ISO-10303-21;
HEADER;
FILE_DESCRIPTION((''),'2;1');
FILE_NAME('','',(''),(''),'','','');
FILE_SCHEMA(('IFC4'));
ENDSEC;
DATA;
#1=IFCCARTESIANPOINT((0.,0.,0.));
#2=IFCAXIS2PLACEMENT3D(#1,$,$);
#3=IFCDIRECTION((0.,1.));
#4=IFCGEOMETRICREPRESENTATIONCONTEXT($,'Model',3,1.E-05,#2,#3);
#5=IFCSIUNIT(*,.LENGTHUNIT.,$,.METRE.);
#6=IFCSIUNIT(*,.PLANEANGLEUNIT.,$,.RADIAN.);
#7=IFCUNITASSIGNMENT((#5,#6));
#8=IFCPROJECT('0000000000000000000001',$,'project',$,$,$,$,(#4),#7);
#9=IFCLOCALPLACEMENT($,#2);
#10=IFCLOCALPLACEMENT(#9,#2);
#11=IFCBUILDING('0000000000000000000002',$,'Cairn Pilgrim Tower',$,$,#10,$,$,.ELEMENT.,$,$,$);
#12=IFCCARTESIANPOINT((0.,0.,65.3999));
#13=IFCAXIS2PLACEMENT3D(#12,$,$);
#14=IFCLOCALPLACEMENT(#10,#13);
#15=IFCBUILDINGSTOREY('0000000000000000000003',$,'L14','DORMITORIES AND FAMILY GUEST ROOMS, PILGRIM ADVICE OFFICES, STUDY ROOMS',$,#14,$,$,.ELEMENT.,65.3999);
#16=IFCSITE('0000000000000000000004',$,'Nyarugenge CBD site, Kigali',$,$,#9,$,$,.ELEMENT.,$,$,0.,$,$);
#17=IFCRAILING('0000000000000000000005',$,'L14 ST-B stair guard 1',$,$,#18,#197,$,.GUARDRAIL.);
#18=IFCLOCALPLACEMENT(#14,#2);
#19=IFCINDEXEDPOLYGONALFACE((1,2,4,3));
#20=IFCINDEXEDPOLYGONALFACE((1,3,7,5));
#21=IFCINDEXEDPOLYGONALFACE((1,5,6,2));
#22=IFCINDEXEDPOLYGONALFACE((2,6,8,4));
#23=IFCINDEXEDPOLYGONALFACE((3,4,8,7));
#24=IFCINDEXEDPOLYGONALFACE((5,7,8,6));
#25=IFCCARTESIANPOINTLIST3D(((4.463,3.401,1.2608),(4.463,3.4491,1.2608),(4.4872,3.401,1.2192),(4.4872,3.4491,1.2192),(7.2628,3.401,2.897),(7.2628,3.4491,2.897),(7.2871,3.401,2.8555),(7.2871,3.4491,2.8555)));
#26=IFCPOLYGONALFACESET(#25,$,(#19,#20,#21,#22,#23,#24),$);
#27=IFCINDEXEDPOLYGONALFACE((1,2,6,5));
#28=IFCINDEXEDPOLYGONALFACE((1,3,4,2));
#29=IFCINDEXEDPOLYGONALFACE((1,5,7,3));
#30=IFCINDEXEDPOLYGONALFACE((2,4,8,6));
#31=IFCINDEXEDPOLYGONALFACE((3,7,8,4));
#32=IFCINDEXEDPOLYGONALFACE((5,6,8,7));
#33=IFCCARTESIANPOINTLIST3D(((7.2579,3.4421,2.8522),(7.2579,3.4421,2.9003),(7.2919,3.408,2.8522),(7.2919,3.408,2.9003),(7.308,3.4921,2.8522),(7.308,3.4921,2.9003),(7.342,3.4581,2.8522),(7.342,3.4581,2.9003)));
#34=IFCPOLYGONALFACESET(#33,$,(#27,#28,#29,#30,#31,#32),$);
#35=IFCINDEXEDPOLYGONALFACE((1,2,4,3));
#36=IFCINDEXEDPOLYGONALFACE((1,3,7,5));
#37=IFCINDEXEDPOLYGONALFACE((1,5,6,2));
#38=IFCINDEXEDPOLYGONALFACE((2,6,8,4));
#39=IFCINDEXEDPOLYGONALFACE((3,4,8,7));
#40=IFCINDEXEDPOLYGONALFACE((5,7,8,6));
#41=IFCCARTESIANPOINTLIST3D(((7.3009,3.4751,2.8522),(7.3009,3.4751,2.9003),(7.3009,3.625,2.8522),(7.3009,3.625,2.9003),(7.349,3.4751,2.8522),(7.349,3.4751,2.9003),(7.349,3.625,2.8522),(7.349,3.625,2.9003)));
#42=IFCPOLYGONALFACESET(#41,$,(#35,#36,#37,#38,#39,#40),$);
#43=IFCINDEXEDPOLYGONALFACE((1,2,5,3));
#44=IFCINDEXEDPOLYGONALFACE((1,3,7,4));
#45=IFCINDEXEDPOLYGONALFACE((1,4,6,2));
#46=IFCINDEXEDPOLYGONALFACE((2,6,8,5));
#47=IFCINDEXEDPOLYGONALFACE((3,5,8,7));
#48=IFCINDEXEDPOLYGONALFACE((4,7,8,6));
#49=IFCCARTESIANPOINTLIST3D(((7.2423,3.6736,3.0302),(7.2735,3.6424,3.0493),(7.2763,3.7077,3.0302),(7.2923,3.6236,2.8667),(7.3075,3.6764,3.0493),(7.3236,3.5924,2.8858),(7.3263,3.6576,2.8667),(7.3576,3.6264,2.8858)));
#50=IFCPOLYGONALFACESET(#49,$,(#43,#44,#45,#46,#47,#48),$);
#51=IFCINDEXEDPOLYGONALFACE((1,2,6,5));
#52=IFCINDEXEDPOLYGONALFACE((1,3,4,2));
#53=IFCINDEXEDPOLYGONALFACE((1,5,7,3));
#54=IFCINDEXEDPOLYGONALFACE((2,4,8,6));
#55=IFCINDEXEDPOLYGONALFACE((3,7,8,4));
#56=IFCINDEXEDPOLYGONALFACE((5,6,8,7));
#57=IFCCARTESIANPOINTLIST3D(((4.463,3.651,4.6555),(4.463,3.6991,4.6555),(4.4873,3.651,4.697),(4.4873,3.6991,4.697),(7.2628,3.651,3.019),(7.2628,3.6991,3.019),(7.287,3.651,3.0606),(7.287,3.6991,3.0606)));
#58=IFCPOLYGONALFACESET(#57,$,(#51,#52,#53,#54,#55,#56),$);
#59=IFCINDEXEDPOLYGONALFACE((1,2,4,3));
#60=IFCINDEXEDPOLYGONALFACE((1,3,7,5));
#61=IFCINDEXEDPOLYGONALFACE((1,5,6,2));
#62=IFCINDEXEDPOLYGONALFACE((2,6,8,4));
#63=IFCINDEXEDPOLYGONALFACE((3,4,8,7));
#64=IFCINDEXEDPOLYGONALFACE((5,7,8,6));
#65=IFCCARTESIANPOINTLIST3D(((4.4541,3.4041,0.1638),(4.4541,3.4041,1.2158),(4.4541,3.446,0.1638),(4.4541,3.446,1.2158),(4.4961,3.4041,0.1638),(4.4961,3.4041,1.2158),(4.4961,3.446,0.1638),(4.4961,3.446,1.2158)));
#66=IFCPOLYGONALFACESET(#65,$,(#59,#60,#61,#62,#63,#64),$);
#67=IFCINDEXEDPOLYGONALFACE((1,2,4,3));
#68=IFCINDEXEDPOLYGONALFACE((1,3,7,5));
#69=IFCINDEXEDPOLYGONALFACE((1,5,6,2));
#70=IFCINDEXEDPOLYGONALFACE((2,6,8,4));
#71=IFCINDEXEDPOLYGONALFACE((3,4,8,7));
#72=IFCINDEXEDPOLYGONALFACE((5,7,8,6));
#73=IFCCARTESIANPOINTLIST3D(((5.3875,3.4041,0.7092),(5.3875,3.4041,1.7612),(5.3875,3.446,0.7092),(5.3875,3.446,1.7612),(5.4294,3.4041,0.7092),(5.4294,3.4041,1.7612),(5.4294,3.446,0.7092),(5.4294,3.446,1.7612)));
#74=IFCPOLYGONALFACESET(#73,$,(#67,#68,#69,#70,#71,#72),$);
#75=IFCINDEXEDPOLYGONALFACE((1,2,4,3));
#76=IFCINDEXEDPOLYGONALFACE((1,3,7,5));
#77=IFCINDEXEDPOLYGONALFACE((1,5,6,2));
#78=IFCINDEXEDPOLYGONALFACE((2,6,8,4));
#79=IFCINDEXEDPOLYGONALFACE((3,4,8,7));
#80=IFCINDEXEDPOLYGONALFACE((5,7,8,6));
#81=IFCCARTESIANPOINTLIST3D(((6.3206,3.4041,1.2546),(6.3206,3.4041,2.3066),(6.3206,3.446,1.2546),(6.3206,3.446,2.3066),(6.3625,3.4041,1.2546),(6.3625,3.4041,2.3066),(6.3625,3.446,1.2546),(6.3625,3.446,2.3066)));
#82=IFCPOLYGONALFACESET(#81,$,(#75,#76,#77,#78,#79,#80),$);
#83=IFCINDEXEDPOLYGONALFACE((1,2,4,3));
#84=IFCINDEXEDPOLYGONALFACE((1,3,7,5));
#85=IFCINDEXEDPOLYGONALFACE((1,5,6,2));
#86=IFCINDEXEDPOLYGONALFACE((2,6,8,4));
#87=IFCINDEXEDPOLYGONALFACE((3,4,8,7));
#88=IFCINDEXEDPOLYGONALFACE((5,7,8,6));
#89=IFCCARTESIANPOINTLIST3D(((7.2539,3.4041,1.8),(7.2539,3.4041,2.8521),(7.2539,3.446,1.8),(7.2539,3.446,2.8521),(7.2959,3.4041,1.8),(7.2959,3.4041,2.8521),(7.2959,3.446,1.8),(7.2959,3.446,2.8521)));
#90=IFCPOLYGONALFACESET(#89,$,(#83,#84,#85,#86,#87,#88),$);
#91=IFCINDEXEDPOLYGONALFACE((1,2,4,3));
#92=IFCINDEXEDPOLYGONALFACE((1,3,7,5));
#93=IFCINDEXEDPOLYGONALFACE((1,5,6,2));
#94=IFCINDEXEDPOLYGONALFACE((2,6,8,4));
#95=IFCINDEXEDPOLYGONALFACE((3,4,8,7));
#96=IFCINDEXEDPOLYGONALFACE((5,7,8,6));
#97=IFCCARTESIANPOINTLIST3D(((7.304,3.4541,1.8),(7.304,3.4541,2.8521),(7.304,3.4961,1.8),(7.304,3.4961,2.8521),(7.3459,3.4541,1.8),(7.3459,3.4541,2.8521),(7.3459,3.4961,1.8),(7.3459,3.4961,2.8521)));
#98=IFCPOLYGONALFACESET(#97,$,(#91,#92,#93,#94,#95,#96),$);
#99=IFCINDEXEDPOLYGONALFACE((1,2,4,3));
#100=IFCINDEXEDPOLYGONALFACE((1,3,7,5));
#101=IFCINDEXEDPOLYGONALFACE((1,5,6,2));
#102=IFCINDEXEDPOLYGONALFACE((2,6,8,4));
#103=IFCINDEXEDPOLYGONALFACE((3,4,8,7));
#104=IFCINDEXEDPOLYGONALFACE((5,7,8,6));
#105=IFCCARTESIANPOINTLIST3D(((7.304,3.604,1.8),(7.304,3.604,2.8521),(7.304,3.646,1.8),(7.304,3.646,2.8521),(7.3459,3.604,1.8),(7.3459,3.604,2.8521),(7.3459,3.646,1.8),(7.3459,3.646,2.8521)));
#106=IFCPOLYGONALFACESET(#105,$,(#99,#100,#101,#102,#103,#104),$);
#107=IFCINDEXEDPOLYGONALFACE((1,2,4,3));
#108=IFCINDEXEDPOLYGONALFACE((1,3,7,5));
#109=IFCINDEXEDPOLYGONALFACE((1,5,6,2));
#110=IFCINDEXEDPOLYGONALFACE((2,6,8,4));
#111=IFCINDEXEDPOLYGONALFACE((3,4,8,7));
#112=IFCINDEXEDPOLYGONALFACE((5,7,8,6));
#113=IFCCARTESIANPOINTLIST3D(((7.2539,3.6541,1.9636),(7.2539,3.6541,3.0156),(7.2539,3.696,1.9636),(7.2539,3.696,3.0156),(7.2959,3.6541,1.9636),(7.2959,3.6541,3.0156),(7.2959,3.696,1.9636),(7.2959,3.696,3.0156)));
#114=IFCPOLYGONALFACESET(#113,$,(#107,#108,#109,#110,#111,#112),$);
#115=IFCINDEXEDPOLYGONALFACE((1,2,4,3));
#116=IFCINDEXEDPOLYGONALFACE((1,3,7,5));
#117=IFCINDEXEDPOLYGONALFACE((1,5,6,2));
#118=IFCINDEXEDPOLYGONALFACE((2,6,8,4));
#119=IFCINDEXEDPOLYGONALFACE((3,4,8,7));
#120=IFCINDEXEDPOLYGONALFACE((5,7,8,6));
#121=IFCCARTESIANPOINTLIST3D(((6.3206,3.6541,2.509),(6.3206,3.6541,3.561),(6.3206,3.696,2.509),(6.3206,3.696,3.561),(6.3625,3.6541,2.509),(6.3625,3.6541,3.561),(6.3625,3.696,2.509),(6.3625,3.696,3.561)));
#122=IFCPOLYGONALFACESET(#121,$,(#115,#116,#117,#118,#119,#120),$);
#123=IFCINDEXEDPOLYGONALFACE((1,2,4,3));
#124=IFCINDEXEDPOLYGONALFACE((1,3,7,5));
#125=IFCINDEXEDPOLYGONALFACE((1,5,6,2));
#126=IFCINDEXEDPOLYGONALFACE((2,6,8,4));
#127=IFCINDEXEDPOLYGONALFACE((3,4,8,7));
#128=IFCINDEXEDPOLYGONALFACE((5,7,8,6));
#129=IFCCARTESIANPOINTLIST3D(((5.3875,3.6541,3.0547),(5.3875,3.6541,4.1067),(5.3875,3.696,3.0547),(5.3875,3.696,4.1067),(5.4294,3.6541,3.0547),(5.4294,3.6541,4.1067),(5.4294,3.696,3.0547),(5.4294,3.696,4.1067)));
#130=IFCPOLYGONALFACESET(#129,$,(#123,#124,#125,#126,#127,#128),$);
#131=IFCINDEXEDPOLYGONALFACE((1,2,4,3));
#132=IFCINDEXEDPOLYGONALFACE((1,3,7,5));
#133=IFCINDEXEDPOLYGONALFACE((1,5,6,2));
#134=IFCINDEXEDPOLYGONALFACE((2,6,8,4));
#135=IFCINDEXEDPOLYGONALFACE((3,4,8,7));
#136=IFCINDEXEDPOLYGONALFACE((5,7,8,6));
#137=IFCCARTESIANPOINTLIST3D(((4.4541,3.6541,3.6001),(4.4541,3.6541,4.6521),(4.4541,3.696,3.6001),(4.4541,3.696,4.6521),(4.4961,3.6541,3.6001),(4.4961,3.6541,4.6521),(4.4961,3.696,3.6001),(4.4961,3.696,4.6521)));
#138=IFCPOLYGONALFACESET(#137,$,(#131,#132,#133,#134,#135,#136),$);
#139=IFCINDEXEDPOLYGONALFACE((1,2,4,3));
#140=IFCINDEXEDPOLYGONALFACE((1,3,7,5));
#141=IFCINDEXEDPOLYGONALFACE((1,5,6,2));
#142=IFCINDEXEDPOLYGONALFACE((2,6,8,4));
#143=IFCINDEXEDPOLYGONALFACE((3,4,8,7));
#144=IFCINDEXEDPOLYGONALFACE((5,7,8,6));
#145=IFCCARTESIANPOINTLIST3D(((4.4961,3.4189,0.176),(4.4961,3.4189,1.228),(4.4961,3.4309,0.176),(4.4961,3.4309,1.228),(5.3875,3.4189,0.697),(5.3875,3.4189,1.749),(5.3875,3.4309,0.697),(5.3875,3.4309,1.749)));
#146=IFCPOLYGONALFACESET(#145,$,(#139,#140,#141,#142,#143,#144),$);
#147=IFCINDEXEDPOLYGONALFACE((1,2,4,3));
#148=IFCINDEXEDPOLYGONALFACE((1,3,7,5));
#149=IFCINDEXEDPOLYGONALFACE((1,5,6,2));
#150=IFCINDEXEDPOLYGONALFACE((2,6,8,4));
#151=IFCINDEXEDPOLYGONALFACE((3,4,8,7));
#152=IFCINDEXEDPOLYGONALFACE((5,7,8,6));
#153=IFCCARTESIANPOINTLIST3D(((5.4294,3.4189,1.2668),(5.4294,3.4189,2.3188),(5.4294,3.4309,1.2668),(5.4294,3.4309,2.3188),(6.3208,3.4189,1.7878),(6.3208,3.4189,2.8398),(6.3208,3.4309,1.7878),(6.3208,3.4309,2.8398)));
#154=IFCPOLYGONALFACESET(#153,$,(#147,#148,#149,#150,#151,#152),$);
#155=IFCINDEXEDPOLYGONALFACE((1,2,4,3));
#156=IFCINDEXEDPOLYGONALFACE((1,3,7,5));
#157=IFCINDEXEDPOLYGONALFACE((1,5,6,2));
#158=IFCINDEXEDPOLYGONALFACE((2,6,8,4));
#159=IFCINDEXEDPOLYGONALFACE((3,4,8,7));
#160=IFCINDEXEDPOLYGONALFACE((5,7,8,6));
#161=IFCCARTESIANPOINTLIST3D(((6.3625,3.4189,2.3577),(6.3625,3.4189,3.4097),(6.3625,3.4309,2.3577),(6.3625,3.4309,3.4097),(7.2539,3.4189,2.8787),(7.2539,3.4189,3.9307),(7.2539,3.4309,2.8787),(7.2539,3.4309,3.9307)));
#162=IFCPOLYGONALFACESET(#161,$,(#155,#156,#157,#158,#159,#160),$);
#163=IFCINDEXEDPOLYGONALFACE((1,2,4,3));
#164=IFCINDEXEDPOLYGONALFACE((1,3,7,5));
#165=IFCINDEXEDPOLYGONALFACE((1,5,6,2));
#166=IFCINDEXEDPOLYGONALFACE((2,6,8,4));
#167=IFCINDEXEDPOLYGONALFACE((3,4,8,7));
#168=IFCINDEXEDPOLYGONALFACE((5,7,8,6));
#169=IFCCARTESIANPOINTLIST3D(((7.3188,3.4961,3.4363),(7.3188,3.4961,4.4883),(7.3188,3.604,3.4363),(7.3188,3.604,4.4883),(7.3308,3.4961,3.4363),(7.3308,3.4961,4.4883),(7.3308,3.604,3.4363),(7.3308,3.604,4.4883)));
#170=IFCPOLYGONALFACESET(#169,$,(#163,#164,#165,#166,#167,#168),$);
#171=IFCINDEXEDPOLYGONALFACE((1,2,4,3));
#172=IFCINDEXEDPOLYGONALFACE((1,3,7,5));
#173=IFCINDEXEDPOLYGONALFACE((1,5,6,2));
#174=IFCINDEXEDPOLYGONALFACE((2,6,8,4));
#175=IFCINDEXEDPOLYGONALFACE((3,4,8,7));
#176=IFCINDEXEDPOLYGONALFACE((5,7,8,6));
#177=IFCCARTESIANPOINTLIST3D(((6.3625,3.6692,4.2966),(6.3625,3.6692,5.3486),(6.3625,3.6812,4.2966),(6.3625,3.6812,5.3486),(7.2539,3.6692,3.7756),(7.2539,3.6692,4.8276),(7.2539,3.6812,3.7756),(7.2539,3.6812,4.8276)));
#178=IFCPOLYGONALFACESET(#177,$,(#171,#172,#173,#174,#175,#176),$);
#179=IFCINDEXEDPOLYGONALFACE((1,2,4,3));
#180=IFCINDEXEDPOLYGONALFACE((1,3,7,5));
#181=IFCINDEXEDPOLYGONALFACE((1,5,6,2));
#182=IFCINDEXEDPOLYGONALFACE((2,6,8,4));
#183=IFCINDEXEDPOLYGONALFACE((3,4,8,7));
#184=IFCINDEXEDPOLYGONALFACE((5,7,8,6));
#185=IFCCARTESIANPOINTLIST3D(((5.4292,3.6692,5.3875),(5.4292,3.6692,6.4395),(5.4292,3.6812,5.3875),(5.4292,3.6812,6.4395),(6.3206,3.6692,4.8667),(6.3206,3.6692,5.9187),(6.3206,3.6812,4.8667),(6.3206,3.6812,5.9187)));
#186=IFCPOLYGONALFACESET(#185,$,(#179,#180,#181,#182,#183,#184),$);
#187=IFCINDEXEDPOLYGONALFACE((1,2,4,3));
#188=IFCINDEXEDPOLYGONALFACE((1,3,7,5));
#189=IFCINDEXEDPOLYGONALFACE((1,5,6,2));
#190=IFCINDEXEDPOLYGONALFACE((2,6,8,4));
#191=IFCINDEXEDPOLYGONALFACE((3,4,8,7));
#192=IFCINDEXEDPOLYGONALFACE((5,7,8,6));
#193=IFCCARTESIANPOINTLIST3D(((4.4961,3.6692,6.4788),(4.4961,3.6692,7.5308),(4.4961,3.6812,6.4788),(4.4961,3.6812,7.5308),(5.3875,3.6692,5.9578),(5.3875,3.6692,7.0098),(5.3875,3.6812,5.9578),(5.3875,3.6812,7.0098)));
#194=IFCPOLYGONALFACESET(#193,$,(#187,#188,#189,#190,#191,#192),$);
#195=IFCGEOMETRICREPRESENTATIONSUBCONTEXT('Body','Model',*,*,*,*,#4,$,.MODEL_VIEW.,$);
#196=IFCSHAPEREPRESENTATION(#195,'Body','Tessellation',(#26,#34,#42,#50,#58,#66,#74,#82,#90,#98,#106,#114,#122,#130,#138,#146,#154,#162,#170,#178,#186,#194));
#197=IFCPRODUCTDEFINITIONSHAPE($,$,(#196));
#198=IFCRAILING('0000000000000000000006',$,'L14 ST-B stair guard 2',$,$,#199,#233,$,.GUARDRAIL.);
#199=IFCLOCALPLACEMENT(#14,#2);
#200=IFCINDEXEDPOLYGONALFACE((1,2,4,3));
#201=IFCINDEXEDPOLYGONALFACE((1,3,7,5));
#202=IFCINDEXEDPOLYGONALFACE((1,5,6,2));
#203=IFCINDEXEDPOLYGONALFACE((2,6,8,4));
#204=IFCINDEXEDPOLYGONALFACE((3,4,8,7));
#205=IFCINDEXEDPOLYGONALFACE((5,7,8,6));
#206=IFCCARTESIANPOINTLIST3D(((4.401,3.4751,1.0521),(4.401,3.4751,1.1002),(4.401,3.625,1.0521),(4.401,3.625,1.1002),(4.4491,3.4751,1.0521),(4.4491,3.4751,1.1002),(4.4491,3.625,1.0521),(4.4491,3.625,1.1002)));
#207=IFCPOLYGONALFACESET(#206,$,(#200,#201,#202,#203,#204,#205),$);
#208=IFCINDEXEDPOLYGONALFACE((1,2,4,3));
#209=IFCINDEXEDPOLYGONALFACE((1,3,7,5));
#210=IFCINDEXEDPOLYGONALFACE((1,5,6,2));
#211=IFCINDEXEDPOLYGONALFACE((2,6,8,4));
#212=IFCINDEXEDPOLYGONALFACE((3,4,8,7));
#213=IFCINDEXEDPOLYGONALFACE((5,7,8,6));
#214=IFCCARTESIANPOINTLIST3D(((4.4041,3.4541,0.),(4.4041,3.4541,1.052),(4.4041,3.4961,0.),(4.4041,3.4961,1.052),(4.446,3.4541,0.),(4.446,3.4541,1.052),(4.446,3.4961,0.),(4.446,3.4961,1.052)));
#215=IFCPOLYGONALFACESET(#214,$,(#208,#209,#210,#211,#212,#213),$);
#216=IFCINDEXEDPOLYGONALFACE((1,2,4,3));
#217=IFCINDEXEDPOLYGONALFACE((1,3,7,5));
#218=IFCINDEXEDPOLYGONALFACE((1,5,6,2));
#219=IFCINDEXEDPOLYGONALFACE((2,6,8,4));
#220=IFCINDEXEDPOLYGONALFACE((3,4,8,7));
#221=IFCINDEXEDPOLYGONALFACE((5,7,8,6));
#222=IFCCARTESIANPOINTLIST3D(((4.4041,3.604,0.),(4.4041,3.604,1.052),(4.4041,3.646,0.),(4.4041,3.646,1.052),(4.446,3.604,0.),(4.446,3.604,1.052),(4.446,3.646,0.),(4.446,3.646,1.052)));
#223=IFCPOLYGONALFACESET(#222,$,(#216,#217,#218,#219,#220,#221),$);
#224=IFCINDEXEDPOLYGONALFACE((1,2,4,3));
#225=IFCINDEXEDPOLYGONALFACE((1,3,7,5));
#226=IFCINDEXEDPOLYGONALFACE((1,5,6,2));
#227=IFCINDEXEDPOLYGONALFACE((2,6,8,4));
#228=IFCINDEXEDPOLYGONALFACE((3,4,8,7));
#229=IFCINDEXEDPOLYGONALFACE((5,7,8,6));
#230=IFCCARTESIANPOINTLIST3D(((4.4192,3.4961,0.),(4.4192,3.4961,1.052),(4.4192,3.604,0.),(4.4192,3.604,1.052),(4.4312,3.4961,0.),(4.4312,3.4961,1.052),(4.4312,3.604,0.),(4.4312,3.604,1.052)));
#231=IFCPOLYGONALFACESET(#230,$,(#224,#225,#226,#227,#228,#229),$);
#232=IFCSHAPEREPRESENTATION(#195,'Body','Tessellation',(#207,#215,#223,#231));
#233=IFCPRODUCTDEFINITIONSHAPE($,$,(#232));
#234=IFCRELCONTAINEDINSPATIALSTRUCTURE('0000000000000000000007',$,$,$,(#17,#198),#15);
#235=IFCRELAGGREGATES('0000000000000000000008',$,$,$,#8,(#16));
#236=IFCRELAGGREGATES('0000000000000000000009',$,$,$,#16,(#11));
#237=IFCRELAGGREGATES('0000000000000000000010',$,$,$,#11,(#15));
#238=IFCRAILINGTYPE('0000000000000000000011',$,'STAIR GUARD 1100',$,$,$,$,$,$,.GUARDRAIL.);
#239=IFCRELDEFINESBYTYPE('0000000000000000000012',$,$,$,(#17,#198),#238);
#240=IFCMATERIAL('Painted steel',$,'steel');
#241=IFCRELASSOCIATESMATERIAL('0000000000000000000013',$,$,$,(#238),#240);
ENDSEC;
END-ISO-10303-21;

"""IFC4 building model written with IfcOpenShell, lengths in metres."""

from ifc_helpers import new_model, si_unit, direction, frame, origin, origin_2d, place, context, subcontext, project, spatial, polyline, rectangle, outline, extrude, material, type_object, element, save


model = new_model("IFC4")

# Units and contexts
model_context = context("Model", 3, precision=1e-05, world=origin(), true_north=direction((0.0, 1.0)))
body_context = subcontext(model_context, "Body", "Model", "MODEL_VIEW")
ifc_project = project(units=[si_unit("LENGTHUNIT", "METRE"), si_unit("PLANEANGLEUNIT", "RADIAN")], contexts=[model_context])

# Site, building, storey
site_placement = place(None, origin())
site = spatial("IfcSite", under=ifc_project, at=site_placement, Name="Nyarugenge CBD site, Kigali", CompositionType="ELEMENT", RefElevation=0.0)
building_placement = place(site_placement, origin())
building = spatial("IfcBuilding", under=site, at=building_placement, Name="Cairn Pilgrim Tower", CompositionType="ELEMENT")
storey_placement = place(building_placement, frame((0.0, 0.0, 65.3999)))
storey = spatial("IfcBuildingStorey", under=building, at=storey_placement, Name="L14", Description="DORMITORIES AND FAMILY GUEST ROOMS, PILGRIM ADVICE OFFICES, STUDY ROOMS", CompositionType="ELEMENT", Elevation=65.3999)

# Shared definitions
ifc_material_1 = material(Name="Painted steel", Category="steel")

# Railings
railing_type_1 = type_object("IfcRailingType", Name="STAIR GUARD 1100", PredefinedType="GUARDRAIL", material=ifc_material_1)
railing_1_placement = place(storey_placement, frame((4.4751, 3.425, 0.1638)))
element("IfcRailing", 1, at=railing_1_placement, inside=storey, type_object=railing_type_1, Name="L14 ST-B stair guard 1", PredefinedType="GUARDRAIL", context=body_context, shape_type="SweptSolid", body=[
    extrude(rectangle(XDim=0.0481, YDim=0.0481, at=origin_2d()), frame((0.0, 0.0, 1.0762), z_axis=(0.863374, 0.0, 0.504564), x_axis=(0.0, 1.0, 0.0)), (0.0, 0.0, 1.0), 3.2429),
    extrude(rectangle(XDim=0.0481, YDim=0.0481, at=origin_2d()), frame((2.7998, 0.0, 2.7124), z_axis=(0.707107, 0.707107, 0.0), x_axis=(-0.707107, 0.707107, 0.0)), (0.0, 0.0, 1.0), 0.0708),
    extrude(rectangle(XDim=0.0481, YDim=0.0481, at=origin_2d()), frame((2.8499, 0.05, 2.7124), z_axis=(0.0, 1.0, 0.0), x_axis=(-1.0, 0.0, 0.0)), (0.0, 0.0, 1.0), 0.1499),
    extrude(rectangle(XDim=0.0481, YDim=0.0481, at=origin_2d()), frame((2.8499, 0.2, 2.7124), z_axis=(-0.280809, 0.280809, 0.917765), x_axis=(-0.707107, -0.707107, 0.0)), (0.0, 0.0, 1.0), 0.1782),
    extrude(rectangle(XDim=0.0481, YDim=0.0481, at=origin_2d()), frame((2.7998, 0.25, 2.876), z_axis=(-0.863342, 0.0, 0.50462), x_axis=(0.0, -1.0, 0.0)), (0.0, 0.0, 1.0), 3.2429),
    extrude(rectangle(XDim=0.042, YDim=0.042, at=origin_2d()), origin(), (0.0, 0.0, 1.0), 1.052),
    extrude(rectangle(XDim=0.042, YDim=0.042, at=origin_2d()), frame((0.9333, 0.0, 0.5454)), (0.0, 0.0, 1.0), 1.052),
    extrude(rectangle(XDim=0.042, YDim=0.042, at=origin_2d()), frame((1.8665, 0.0, 1.0908)), (0.0, 0.0, 1.0), 1.052),
    extrude(rectangle(XDim=0.042, YDim=0.042, at=origin_2d()), frame((2.7998, 0.0, 1.6362)), (0.0, 0.0, 1.0), 1.052),
    extrude(rectangle(XDim=0.042, YDim=0.042, at=origin_2d()), frame((2.8499, 0.05, 1.6362)), (0.0, 0.0, 1.0), 1.052),
    extrude(rectangle(XDim=0.042, YDim=0.042, at=origin_2d()), frame((2.8499, 0.2, 1.6362)), (0.0, 0.0, 1.0), 1.052),
    extrude(rectangle(XDim=0.042, YDim=0.042, at=origin_2d()), frame((2.7998, 0.25, 1.7998)), (0.0, 0.0, 1.0), 1.052),
    extrude(rectangle(XDim=0.042, YDim=0.042, at=origin_2d()), frame((1.8665, 0.25, 2.3452)), (0.0, 0.0, 1.0), 1.052),
    extrude(rectangle(XDim=0.042, YDim=0.042, at=origin_2d()), frame((0.9333, 0.25, 2.8909)), (0.0, 0.0, 1.0), 1.052),
    extrude(rectangle(XDim=0.042, YDim=0.042, at=origin_2d()), frame((0.0, 0.25, 3.4363)), (0.0, 0.0, 1.0), 1.052),
    extrude(outline(polyline([(0.021, 0.0122), (0.9124, 0.5332), (0.9124, 1.5852), (0.021, 1.0642), (0.021, 0.0122)])), frame((0.0, 0.0059, 0.0), z_axis=(0.0, -1.0, 0.0), x_axis=(1.0, 0.0, 0.0)), (0.0, 0.0, 1.0), 0.012),
    extrude(outline(polyline([(0.021, 0.5576), (0.9124, 1.0786), (0.9124, 2.1306), (0.021, 1.6096), (0.021, 0.5576)])), frame((0.9333, 0.0059, 0.5454), z_axis=(0.0, -1.0, 0.0), x_axis=(1.0, 0.0, 0.0)), (0.0, 0.0, 1.0), 0.012),
    extrude(outline(polyline([(0.021, 1.103), (0.9124, 1.624), (0.9124, 2.676), (0.021, 2.155), (0.021, 1.103)])), frame((1.8665, 0.0059, 1.0908), z_axis=(0.0, -1.0, 0.0), x_axis=(1.0, 0.0, 0.0)), (0.0, 0.0, 1.0), 0.012),
    extrude(outline(polyline([(0.021, 1.6362), (0.1289, 1.6362), (0.1289, 2.6882), (0.021, 2.6882), (0.021, 1.6362)])), frame((2.8438, 0.05, 1.6362), z_axis=(1.0, 0.0, 0.0), x_axis=(0.0, 1.0, 0.0)), (0.0, 0.0, 1.0), 0.012),
    extrude(outline(polyline([(0.021, 1.812), (0.9124, 2.333), (0.9124, 3.385), (0.021, 2.864), (0.021, 1.812)])), frame((2.7998, 0.2441, 1.7998), z_axis=(0.0, 1.0, 0.0), x_axis=(-1.0, 0.0, 0.0)), (0.0, 0.0, 1.0), 0.012),
    extrude(outline(polyline([(0.021, 2.3577), (0.9124, 2.8784), (0.9124, 3.9304), (0.021, 3.4097), (0.021, 2.3577)])), frame((1.8665, 0.2441, 2.3452), z_axis=(0.0, 1.0, 0.0), x_axis=(-1.0, 0.0, 0.0)), (0.0, 0.0, 1.0), 0.012),
    extrude(outline(polyline([(0.021, 2.9031), (0.9124, 3.4241), (0.9124, 4.4761), (0.021, 3.9551), (0.021, 2.9031)])), frame((0.9333, 0.2441, 2.8909), z_axis=(0.0, 1.0, 0.0), x_axis=(-1.0, 0.0, 0.0)), (0.0, 0.0, 1.0), 0.012),
])
railing_2_placement = place(storey_placement, frame((4.425, 3.4751, 0.0)))
element("IfcRailing", 2, at=railing_2_placement, inside=storey, type_object=railing_type_1, Name="L14 ST-B stair guard 2", PredefinedType="GUARDRAIL", context=body_context, shape_type="SweptSolid", body=[
    extrude(rectangle(XDim=0.0481, YDim=0.0481, at=origin_2d()), frame((0.0, 0.0, 1.0762), z_axis=(0.0, 1.0, 0.0), x_axis=(-1.0, 0.0, 0.0)), (0.0, 0.0, 1.0), 0.1499),
    extrude(rectangle(XDim=0.042, YDim=0.042, at=origin_2d()), origin(), (0.0, 0.0, 1.0), 1.052),
    extrude(rectangle(XDim=0.042, YDim=0.042, at=origin_2d()), frame((0.0, 0.1499, 0.0)), (0.0, 0.0, 1.0), 1.052),
    extrude(outline(polyline([(0.021, 0.0), (0.1289, 0.0), (0.1289, 1.052), (0.021, 1.052), (0.021, 0.0)])), frame((-0.0059, 0.0, 0.0), z_axis=(1.0, 0.0, 0.0), x_axis=(0.0, 1.0, 0.0)), (0.0, 0.0, 1.0), 0.012),
])

save(model, "model.ifc")
